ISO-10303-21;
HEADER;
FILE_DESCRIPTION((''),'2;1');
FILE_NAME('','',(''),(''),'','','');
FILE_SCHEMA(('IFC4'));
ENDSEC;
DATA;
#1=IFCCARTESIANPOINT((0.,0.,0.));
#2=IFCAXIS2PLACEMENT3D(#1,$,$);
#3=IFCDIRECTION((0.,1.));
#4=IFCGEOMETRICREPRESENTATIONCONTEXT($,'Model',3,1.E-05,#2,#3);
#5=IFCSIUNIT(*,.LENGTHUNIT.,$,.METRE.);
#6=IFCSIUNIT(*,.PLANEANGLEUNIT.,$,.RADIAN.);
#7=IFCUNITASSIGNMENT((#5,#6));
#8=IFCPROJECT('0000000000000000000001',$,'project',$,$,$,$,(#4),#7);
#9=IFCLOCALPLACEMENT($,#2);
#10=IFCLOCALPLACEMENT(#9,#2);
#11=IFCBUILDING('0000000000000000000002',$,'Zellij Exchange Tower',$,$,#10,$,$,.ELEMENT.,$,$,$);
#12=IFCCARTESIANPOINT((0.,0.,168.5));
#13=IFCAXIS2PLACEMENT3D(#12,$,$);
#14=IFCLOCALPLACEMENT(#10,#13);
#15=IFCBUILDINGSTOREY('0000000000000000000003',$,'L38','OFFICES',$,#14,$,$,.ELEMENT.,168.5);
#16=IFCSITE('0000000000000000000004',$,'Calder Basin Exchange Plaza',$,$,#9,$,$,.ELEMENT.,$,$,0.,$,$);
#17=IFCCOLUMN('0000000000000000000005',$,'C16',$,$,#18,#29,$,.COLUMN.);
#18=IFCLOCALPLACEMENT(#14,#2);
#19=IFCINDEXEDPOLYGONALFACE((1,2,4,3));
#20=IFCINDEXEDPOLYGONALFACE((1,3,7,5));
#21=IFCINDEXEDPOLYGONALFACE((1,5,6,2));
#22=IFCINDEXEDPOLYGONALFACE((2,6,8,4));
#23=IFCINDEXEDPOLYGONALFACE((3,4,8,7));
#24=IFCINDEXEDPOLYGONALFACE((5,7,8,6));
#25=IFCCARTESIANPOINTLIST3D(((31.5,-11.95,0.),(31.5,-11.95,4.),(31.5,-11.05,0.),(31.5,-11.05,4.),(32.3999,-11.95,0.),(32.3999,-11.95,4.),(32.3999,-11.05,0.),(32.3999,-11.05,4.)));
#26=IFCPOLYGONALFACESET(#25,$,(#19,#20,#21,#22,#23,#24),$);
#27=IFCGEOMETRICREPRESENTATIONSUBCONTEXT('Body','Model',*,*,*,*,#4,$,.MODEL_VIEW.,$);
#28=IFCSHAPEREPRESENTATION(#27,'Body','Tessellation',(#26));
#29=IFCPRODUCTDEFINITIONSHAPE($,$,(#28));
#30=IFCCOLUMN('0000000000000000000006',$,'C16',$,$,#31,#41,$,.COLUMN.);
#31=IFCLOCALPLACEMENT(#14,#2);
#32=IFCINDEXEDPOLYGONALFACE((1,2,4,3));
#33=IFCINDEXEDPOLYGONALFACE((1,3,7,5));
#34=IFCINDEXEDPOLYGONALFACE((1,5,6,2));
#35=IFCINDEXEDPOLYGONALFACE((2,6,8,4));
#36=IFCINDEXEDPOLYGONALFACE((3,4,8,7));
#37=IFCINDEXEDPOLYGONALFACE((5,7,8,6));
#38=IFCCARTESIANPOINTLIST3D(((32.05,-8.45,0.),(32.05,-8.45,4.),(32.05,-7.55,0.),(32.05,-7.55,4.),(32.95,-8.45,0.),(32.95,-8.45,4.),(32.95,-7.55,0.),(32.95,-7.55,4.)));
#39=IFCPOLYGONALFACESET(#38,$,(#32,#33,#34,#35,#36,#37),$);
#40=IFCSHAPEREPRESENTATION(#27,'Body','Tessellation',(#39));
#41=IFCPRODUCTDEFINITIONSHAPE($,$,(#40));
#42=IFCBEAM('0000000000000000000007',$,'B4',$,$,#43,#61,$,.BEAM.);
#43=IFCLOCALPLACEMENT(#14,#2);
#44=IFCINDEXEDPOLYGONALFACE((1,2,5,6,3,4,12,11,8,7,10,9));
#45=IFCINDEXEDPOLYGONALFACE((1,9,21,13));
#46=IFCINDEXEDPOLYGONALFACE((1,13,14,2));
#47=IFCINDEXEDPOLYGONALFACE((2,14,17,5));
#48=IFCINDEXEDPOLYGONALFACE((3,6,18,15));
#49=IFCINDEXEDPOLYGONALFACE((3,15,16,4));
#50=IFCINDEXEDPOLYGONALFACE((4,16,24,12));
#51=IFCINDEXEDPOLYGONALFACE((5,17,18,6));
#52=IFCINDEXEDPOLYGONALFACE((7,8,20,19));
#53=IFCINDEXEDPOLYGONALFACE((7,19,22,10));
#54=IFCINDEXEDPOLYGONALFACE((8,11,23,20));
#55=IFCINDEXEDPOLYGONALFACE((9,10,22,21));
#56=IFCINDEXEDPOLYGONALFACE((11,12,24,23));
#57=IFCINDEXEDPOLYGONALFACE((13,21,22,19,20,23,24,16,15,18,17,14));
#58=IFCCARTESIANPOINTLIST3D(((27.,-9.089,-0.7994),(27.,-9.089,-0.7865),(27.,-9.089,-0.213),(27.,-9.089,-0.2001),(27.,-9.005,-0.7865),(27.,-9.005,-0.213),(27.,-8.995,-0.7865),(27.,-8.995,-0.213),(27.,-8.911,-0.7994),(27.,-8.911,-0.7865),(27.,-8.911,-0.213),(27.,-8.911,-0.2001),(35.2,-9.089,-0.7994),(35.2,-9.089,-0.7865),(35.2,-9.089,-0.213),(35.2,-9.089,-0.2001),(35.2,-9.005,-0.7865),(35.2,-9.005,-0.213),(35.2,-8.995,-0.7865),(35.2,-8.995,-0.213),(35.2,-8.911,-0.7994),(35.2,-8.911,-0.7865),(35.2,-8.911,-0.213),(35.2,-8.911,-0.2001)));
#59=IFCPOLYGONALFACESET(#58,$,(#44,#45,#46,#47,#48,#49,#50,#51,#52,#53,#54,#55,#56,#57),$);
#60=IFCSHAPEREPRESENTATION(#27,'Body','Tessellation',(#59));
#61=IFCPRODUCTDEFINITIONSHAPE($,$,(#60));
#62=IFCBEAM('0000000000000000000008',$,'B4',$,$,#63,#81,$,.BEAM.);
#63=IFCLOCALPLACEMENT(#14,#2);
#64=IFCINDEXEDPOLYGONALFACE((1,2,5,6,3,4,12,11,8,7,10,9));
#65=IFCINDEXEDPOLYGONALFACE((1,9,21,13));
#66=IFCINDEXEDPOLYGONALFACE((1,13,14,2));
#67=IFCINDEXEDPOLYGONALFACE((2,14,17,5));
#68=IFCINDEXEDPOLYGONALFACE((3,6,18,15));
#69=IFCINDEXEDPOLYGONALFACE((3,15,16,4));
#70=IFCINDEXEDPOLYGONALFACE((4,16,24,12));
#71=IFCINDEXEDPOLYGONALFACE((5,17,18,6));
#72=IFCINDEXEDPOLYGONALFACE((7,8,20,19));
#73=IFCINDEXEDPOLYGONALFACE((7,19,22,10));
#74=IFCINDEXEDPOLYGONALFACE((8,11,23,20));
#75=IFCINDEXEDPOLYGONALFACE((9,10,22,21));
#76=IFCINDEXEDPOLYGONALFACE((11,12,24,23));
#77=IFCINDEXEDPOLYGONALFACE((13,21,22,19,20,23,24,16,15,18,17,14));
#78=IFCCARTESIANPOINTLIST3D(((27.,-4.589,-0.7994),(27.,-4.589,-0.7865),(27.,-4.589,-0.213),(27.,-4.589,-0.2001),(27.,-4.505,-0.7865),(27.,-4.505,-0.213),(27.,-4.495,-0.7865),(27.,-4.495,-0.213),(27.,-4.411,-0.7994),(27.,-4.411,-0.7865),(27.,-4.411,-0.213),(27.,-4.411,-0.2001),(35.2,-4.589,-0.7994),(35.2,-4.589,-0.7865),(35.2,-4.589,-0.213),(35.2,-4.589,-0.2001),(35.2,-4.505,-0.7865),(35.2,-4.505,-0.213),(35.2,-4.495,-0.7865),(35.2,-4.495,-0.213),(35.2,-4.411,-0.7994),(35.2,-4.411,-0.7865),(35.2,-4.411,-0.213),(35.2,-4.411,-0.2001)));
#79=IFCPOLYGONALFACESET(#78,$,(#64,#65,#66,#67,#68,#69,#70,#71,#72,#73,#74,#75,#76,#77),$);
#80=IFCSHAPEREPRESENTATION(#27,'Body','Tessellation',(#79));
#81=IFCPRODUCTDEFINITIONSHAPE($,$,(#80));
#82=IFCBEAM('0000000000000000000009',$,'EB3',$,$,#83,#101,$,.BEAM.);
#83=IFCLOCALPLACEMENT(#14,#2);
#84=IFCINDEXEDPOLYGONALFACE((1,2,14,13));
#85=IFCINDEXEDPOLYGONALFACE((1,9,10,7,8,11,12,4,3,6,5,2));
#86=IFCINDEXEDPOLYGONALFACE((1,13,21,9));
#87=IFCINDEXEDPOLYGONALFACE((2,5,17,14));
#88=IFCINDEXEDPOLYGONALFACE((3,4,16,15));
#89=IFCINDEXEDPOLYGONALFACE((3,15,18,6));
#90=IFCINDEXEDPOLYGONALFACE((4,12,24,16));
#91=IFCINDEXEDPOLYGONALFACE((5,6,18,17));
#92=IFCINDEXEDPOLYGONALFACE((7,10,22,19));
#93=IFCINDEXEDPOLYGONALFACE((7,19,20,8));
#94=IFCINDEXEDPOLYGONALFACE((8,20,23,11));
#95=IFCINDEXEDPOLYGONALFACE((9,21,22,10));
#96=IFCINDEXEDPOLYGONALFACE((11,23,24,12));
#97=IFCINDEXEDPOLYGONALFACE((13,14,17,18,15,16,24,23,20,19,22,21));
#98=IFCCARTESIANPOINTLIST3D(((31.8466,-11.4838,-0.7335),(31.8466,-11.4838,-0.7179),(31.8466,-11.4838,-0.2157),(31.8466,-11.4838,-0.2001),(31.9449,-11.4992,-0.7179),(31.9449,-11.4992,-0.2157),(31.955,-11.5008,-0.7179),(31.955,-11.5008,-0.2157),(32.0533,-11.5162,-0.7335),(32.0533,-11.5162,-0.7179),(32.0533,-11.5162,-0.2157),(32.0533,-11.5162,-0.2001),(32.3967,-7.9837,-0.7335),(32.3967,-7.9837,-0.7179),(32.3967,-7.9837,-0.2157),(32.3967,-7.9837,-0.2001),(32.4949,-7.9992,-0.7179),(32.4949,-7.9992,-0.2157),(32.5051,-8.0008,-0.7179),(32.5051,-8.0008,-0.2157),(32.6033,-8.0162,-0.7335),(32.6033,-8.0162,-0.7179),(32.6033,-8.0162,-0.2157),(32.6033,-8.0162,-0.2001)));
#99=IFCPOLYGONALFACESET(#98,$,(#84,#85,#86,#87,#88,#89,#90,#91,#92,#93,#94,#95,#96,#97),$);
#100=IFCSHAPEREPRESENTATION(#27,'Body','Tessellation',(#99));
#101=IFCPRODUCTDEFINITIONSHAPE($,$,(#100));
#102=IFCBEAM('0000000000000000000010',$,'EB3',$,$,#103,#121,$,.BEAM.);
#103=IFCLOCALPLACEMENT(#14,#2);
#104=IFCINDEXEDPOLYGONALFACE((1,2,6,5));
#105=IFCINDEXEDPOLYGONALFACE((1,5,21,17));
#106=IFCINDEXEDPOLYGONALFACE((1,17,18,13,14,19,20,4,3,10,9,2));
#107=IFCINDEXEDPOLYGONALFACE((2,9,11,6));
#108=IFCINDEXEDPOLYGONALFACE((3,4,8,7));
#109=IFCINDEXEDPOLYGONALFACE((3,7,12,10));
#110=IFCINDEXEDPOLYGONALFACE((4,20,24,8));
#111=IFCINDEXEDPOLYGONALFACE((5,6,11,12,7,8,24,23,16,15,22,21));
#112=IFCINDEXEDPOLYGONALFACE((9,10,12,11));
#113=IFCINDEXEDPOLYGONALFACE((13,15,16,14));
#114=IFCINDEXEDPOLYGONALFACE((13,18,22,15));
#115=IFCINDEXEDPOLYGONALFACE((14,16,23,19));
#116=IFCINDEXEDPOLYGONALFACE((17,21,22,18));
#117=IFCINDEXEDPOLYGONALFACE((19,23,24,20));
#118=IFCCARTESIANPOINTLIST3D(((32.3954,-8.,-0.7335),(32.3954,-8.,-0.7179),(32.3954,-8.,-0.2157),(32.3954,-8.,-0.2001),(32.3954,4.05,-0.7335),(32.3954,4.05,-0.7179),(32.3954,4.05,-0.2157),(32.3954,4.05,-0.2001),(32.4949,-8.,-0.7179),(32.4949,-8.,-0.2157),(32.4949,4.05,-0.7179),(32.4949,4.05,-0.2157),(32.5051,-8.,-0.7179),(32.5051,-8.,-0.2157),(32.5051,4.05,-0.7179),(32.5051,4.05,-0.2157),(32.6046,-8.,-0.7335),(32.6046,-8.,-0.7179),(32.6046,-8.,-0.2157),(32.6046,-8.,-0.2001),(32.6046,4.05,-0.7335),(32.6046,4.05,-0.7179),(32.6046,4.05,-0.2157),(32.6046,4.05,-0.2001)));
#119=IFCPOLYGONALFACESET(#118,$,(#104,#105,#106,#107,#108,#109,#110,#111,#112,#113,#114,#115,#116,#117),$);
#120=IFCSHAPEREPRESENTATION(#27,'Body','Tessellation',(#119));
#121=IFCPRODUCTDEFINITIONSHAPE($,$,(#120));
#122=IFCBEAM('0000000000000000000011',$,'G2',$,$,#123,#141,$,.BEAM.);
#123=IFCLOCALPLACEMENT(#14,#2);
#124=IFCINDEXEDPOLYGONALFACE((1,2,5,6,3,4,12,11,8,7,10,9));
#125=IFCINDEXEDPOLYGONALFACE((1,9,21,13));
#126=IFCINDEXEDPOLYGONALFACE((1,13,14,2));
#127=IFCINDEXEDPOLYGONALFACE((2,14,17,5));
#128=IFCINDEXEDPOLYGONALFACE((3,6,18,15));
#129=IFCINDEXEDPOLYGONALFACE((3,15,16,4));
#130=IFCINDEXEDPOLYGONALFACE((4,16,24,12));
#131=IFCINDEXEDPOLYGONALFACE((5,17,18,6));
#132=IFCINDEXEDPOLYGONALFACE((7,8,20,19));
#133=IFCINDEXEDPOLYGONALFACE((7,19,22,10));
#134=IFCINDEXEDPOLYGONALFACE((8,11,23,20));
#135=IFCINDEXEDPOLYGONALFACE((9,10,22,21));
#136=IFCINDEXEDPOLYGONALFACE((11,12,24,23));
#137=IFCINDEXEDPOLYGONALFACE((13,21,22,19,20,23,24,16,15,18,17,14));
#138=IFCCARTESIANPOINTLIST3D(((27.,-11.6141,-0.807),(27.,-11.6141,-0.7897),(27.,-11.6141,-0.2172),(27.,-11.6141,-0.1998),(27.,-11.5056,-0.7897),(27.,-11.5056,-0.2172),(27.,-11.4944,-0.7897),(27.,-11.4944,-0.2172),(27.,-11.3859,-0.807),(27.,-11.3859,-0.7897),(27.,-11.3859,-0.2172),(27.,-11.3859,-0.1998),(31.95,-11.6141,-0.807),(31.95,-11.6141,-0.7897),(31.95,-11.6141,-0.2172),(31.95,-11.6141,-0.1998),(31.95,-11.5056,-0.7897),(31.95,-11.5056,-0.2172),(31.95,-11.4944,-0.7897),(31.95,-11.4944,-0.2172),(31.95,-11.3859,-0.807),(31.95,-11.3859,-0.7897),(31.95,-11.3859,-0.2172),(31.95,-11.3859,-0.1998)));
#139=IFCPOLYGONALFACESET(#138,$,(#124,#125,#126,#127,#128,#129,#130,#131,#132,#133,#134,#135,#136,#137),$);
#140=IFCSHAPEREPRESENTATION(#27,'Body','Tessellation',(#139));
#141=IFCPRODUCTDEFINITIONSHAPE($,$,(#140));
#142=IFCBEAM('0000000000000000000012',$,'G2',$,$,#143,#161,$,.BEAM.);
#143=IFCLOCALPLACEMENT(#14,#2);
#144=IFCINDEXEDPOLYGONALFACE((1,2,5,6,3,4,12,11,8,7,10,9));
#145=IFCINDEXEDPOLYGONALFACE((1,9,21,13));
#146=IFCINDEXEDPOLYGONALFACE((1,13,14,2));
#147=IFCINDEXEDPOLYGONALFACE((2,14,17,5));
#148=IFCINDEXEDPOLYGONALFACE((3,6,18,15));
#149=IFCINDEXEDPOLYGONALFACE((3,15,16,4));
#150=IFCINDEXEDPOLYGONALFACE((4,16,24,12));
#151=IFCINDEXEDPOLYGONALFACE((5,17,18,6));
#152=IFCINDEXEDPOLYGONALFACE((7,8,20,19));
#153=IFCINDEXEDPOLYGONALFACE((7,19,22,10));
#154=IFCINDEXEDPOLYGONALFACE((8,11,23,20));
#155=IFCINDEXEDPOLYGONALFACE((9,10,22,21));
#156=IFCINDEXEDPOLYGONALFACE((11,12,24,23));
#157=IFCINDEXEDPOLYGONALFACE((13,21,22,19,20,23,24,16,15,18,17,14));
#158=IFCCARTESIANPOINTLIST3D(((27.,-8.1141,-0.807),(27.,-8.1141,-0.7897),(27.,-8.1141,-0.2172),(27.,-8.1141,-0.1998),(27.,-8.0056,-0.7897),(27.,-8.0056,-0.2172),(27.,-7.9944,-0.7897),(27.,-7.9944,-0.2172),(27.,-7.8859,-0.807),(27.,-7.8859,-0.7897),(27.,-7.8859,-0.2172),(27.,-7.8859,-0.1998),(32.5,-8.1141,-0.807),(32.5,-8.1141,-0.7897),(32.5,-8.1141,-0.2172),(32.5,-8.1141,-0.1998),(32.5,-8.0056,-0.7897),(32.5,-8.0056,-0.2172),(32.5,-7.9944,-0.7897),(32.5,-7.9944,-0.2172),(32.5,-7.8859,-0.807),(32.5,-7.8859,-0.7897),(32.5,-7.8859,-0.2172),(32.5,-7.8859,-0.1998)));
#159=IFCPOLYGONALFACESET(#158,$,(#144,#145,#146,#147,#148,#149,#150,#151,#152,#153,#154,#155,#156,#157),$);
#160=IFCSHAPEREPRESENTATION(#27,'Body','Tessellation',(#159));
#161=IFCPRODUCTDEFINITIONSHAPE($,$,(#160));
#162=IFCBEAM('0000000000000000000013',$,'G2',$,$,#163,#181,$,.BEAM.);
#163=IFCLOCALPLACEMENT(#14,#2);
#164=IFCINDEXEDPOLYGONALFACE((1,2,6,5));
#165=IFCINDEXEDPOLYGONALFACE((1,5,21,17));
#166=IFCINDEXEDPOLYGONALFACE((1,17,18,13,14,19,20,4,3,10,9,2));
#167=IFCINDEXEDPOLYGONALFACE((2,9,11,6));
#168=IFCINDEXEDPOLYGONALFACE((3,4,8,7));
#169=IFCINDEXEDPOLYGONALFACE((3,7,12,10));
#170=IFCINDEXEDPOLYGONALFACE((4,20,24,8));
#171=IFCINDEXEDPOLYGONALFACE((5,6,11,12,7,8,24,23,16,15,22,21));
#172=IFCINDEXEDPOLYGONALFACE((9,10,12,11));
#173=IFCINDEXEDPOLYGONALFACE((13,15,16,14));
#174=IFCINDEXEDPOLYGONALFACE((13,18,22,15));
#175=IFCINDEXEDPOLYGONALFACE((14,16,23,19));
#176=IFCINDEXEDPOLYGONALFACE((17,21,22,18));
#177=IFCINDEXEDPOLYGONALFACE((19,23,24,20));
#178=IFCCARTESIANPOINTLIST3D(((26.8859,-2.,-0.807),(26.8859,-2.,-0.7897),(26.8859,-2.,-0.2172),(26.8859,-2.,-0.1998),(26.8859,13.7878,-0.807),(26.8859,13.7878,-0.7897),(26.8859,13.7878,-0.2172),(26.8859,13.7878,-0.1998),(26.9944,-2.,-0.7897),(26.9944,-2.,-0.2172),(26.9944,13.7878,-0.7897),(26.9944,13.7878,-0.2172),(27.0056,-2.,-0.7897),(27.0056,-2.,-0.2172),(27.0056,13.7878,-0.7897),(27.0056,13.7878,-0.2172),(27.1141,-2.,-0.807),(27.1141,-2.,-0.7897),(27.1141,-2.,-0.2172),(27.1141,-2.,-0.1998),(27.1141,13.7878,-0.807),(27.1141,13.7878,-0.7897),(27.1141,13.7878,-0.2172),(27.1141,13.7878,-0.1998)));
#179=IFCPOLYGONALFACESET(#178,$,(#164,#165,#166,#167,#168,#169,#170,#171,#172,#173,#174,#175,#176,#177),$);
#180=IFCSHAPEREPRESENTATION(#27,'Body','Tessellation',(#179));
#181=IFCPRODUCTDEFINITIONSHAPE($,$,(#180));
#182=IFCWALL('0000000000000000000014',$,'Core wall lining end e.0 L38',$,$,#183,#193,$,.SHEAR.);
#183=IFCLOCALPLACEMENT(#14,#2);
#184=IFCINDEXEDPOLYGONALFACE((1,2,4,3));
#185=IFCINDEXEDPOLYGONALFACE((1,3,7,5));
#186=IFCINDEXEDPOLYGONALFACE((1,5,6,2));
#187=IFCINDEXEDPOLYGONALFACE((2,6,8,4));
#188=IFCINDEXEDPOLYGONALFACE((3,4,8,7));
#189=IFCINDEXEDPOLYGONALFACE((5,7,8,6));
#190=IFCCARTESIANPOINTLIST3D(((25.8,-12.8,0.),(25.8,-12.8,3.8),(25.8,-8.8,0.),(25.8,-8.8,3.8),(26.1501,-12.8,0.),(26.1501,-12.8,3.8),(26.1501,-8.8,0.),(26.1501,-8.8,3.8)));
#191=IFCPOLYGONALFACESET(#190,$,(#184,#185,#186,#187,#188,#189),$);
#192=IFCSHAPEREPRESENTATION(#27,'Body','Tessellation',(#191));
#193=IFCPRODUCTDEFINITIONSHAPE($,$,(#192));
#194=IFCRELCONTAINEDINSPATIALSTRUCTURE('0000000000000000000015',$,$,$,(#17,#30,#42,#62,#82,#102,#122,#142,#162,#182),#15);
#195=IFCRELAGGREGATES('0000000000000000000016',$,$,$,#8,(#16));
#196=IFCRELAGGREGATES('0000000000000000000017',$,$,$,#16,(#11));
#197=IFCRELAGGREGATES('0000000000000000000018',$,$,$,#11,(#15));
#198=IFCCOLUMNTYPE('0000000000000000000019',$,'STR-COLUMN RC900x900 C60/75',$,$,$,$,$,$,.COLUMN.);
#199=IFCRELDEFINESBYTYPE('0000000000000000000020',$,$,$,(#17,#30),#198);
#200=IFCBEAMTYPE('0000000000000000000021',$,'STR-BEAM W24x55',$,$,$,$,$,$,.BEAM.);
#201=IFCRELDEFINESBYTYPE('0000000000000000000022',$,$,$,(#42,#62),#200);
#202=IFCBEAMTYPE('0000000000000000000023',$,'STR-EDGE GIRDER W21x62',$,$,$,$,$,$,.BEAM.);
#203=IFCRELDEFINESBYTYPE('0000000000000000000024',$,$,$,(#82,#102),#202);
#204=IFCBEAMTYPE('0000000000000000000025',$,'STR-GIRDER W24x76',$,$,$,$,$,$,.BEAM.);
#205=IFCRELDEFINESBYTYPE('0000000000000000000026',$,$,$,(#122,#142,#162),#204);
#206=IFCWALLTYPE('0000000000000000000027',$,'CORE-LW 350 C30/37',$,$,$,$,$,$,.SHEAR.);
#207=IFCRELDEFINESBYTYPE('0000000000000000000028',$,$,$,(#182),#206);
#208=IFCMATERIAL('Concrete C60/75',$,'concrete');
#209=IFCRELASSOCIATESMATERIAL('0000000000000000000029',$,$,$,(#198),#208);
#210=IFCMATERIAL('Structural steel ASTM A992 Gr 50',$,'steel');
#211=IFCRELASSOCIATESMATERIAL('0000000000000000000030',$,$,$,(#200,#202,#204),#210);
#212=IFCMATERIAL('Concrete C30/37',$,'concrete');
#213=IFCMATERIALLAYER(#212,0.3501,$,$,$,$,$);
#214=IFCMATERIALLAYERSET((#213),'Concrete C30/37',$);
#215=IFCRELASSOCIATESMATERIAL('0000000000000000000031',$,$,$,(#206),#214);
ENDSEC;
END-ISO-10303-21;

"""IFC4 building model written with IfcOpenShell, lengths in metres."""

from ifc_helpers import new_model, si_unit, direction, frame, frame_2d, origin, origin_2d, place, context, subcontext, project, spatial, rectangle, i_section, extrude, material, layer, layer_set, material_profile, profile_set, type_object, element, save


model = new_model("IFC4")

# Units and contexts
model_context = context("Model", 3, precision=1e-05, world=origin(), true_north=direction((0.0, 1.0)))
body_context = subcontext(model_context, "Body", "Model", "MODEL_VIEW")
ifc_project = project(units=[si_unit("LENGTHUNIT", "METRE"), si_unit("PLANEANGLEUNIT", "RADIAN")], contexts=[model_context])

# Site, building, storey
site_placement = place(None, origin())
site = spatial("IfcSite", under=ifc_project, at=site_placement, Name="Calder Basin Exchange Plaza", CompositionType="ELEMENT", RefElevation=0.0)
building_placement = place(site_placement, origin())
building = spatial("IfcBuilding", under=site, at=building_placement, Name="Zellij Exchange Tower", CompositionType="ELEMENT")
storey_placement = place(building_placement, frame((0.0, 0.0, 168.5)))
storey = spatial("IfcBuildingStorey", under=building, at=storey_placement, Name="L38", Description="OFFICES", CompositionType="ELEMENT", Elevation=168.5)

# Columns
ifc_material_1 = material(Name="Concrete C60/75", Category="concrete")
ifc_material_profile_1 = material_profile(ifc_material_1, rectangle(XDim=0.8999, YDim=0.8999, at=origin_2d()), Name="STR-COLUMN RC900x900 C60/75")
ifc_profile_set_1 = profile_set([ifc_material_profile_1], Name="Concrete C60/75")
column_type = type_object("IfcColumnType", Name="STR-COLUMN RC900x900 C60/75", PredefinedType="COLUMN", material=ifc_profile_set_1)
for number, where, z_axis, x_axis, name in (
    (1, (31.95, -11.5, 0.0), (0.0, 0.0, 1.0), (1.0, 0.0, 0.0), "C16"),
    (2, (32.5, -8.0, 0.0), (0.0, 0.0, 1.0), (1.0, 0.0, 0.0), "C16"),
):
    element("IfcColumn", number, at=place(storey_placement, frame(where, z_axis=z_axis, x_axis=x_axis)), inside=storey, type_object=column_type, Name=name, PredefinedType="COLUMN", context=body_context, shape_type="SweptSolid", body=[
        extrude(rectangle(XDim=0.8999, YDim=0.8999, at=origin_2d()), origin(), (0.0, 0.0, 1.0), 4.0),
    ])

# Beams
ifc_material_2 = material(Name="Structural steel ASTM A992 Gr 50", Category="steel")
ifc_material_profile_2 = material_profile(ifc_material_2, i_section(OverallWidth=0.178, OverallDepth=0.5994, WebThickness=0.01, FlangeThickness=0.0129, at=origin_2d()), Name="W24x55")
ifc_profile_set_2 = profile_set([ifc_material_profile_2], Name="Structural steel ASTM A992 Gr 50")
beam_type_1 = type_object("IfcBeamType", Name="STR-BEAM W24x55", PredefinedType="BEAM", material=ifc_profile_set_2)
for number, where, z_axis, x_axis, name in (
    (3, (27.0, -9.0, -0.4998), (1.0, 0.0, 0.0), (0.0, 1.0, 0.0), "B4"),
    (4, (27.0, -4.5, -0.4998), (1.0, 0.0, 0.0), (0.0, 1.0, 0.0), "B4"),
):
    element("IfcBeam", number, at=place(storey_placement, frame(where, z_axis=z_axis, x_axis=x_axis)), inside=storey, type_object=beam_type_1, Name=name, PredefinedType="BEAM", context=body_context, shape_type="SweptSolid", body=[
        extrude(i_section(OverallWidth=0.178, OverallDepth=0.5994, WebThickness=0.01, FlangeThickness=0.0129, at=origin_2d()), origin(), (0.0, 0.0, 1.0), 8.2),
    ])
ifc_material_profile_3 = material_profile(ifc_material_2, i_section(OverallWidth=0.2092, OverallDepth=0.5334, WebThickness=0.0103, FlangeThickness=0.0156, at=origin_2d()), Name="W21x62")
ifc_profile_set_3 = profile_set([ifc_material_profile_3], Name="Structural steel ASTM A992 Gr 50")
beam_type_2 = type_object("IfcBeamType", Name="STR-EDGE GIRDER W21x62", PredefinedType="BEAM", material=ifc_profile_set_3)
beam_1_placement = place(storey_placement, frame((31.95, -11.5, -0.4668), z_axis=(0.155251, 0.987875, 0.0), x_axis=(-0.987875, 0.155251, 0.0)))
element("IfcBeam", 5, at=beam_1_placement, inside=storey, type_object=beam_type_2, Name="EB3", PredefinedType="BEAM", context=body_context, shape_type="SweptSolid", body=[
    extrude(i_section(OverallWidth=0.2092, OverallDepth=0.5334, WebThickness=0.0103, FlangeThickness=0.0156, at=origin_2d()), origin(), (0.0, 0.0, 1.0), 3.543),
])
beam_2_placement = place(storey_placement, frame((32.5, -8.0, -0.4668), z_axis=(0.0, 1.0, 0.0), x_axis=(-1.0, 0.0, 0.0)))
element("IfcBeam", 6, at=beam_2_placement, inside=storey, type_object=beam_type_2, Name="EB3", PredefinedType="BEAM", context=body_context, shape_type="SweptSolid", body=[
    extrude(i_section(OverallWidth=0.2092, OverallDepth=0.5334, WebThickness=0.0103, FlangeThickness=0.0156, at=origin_2d()), origin(), (0.0, 0.0, 1.0), 12.05),
])
ifc_material_profile_4 = material_profile(ifc_material_2, i_section(OverallWidth=0.2283, OverallDepth=0.6072, WebThickness=0.0112, FlangeThickness=0.0173, at=origin_2d()), Name="W24x76")
ifc_profile_set_4 = profile_set([ifc_material_profile_4], Name="Structural steel ASTM A992 Gr 50")
beam_type_3 = type_object("IfcBeamType", Name="STR-GIRDER W24x76", PredefinedType="BEAM", material=ifc_profile_set_4)
beam_3_placement = place(storey_placement, frame((27.0, -11.5, -0.5034), z_axis=(1.0, 0.0, 0.0), x_axis=(0.0, 1.0, 0.0)))
element("IfcBeam", 7, at=beam_3_placement, inside=storey, type_object=beam_type_3, Name="G2", PredefinedType="BEAM", context=body_context, shape_type="SweptSolid", body=[
    extrude(i_section(OverallWidth=0.2283, OverallDepth=0.6072, WebThickness=0.0112, FlangeThickness=0.0173, at=origin_2d()), origin(), (0.0, 0.0, 1.0), 4.95),
])
beam_4_placement = place(storey_placement, frame((27.0, -8.0, -0.5034), z_axis=(1.0, 0.0, 0.0), x_axis=(0.0, 1.0, 0.0)))
element("IfcBeam", 8, at=beam_4_placement, inside=storey, type_object=beam_type_3, Name="G2", PredefinedType="BEAM", context=body_context, shape_type="SweptSolid", body=[
    extrude(i_section(OverallWidth=0.2283, OverallDepth=0.6072, WebThickness=0.0112, FlangeThickness=0.0173, at=origin_2d()), origin(), (0.0, 0.0, 1.0), 5.5),
])
beam_5_placement = place(storey_placement, frame((27.0, -2.0, -0.5034), z_axis=(0.0, 1.0, 0.0), x_axis=(-1.0, 0.0, 0.0)))
element("IfcBeam", 9, at=beam_5_placement, inside=storey, type_object=beam_type_3, Name="G2", PredefinedType="BEAM", context=body_context, shape_type="SweptSolid", body=[
    extrude(i_section(OverallWidth=0.2283, OverallDepth=0.6072, WebThickness=0.0112, FlangeThickness=0.0173, at=origin_2d()), origin(), (0.0, 0.0, 1.0), 15.7878),
])

# Wall
ifc_material_3 = material(Name="Concrete C30/37", Category="concrete")
ifc_layer_1 = layer(ifc_material_3, 0.3501)
ifc_layer_set_1 = layer_set([ifc_layer_1], Name="Concrete C30/37")
wall_type_1 = type_object("IfcWallType", Name="CORE-LW 350 C30/37", PredefinedType="SHEAR", material=ifc_layer_set_1)
wall_1_placement = place(storey_placement, frame((25.9751, -12.8, 0.0), z_axis=(0.0, 0.0, 1.0), x_axis=(0.0, 1.0, 0.0)))
element("IfcWall", 10, at=wall_1_placement, inside=storey, type_object=wall_type_1, Name="Core wall lining end e.0 L38", PredefinedType="SHEAR", context=body_context, shape_type="SweptSolid", body=[
    extrude(rectangle(XDim=4.0, YDim=0.3501, at=frame_2d((2.0, 0.0))), origin(), (0.0, 0.0, 1.0), 3.8),
])

save(model, "model.ifc")
